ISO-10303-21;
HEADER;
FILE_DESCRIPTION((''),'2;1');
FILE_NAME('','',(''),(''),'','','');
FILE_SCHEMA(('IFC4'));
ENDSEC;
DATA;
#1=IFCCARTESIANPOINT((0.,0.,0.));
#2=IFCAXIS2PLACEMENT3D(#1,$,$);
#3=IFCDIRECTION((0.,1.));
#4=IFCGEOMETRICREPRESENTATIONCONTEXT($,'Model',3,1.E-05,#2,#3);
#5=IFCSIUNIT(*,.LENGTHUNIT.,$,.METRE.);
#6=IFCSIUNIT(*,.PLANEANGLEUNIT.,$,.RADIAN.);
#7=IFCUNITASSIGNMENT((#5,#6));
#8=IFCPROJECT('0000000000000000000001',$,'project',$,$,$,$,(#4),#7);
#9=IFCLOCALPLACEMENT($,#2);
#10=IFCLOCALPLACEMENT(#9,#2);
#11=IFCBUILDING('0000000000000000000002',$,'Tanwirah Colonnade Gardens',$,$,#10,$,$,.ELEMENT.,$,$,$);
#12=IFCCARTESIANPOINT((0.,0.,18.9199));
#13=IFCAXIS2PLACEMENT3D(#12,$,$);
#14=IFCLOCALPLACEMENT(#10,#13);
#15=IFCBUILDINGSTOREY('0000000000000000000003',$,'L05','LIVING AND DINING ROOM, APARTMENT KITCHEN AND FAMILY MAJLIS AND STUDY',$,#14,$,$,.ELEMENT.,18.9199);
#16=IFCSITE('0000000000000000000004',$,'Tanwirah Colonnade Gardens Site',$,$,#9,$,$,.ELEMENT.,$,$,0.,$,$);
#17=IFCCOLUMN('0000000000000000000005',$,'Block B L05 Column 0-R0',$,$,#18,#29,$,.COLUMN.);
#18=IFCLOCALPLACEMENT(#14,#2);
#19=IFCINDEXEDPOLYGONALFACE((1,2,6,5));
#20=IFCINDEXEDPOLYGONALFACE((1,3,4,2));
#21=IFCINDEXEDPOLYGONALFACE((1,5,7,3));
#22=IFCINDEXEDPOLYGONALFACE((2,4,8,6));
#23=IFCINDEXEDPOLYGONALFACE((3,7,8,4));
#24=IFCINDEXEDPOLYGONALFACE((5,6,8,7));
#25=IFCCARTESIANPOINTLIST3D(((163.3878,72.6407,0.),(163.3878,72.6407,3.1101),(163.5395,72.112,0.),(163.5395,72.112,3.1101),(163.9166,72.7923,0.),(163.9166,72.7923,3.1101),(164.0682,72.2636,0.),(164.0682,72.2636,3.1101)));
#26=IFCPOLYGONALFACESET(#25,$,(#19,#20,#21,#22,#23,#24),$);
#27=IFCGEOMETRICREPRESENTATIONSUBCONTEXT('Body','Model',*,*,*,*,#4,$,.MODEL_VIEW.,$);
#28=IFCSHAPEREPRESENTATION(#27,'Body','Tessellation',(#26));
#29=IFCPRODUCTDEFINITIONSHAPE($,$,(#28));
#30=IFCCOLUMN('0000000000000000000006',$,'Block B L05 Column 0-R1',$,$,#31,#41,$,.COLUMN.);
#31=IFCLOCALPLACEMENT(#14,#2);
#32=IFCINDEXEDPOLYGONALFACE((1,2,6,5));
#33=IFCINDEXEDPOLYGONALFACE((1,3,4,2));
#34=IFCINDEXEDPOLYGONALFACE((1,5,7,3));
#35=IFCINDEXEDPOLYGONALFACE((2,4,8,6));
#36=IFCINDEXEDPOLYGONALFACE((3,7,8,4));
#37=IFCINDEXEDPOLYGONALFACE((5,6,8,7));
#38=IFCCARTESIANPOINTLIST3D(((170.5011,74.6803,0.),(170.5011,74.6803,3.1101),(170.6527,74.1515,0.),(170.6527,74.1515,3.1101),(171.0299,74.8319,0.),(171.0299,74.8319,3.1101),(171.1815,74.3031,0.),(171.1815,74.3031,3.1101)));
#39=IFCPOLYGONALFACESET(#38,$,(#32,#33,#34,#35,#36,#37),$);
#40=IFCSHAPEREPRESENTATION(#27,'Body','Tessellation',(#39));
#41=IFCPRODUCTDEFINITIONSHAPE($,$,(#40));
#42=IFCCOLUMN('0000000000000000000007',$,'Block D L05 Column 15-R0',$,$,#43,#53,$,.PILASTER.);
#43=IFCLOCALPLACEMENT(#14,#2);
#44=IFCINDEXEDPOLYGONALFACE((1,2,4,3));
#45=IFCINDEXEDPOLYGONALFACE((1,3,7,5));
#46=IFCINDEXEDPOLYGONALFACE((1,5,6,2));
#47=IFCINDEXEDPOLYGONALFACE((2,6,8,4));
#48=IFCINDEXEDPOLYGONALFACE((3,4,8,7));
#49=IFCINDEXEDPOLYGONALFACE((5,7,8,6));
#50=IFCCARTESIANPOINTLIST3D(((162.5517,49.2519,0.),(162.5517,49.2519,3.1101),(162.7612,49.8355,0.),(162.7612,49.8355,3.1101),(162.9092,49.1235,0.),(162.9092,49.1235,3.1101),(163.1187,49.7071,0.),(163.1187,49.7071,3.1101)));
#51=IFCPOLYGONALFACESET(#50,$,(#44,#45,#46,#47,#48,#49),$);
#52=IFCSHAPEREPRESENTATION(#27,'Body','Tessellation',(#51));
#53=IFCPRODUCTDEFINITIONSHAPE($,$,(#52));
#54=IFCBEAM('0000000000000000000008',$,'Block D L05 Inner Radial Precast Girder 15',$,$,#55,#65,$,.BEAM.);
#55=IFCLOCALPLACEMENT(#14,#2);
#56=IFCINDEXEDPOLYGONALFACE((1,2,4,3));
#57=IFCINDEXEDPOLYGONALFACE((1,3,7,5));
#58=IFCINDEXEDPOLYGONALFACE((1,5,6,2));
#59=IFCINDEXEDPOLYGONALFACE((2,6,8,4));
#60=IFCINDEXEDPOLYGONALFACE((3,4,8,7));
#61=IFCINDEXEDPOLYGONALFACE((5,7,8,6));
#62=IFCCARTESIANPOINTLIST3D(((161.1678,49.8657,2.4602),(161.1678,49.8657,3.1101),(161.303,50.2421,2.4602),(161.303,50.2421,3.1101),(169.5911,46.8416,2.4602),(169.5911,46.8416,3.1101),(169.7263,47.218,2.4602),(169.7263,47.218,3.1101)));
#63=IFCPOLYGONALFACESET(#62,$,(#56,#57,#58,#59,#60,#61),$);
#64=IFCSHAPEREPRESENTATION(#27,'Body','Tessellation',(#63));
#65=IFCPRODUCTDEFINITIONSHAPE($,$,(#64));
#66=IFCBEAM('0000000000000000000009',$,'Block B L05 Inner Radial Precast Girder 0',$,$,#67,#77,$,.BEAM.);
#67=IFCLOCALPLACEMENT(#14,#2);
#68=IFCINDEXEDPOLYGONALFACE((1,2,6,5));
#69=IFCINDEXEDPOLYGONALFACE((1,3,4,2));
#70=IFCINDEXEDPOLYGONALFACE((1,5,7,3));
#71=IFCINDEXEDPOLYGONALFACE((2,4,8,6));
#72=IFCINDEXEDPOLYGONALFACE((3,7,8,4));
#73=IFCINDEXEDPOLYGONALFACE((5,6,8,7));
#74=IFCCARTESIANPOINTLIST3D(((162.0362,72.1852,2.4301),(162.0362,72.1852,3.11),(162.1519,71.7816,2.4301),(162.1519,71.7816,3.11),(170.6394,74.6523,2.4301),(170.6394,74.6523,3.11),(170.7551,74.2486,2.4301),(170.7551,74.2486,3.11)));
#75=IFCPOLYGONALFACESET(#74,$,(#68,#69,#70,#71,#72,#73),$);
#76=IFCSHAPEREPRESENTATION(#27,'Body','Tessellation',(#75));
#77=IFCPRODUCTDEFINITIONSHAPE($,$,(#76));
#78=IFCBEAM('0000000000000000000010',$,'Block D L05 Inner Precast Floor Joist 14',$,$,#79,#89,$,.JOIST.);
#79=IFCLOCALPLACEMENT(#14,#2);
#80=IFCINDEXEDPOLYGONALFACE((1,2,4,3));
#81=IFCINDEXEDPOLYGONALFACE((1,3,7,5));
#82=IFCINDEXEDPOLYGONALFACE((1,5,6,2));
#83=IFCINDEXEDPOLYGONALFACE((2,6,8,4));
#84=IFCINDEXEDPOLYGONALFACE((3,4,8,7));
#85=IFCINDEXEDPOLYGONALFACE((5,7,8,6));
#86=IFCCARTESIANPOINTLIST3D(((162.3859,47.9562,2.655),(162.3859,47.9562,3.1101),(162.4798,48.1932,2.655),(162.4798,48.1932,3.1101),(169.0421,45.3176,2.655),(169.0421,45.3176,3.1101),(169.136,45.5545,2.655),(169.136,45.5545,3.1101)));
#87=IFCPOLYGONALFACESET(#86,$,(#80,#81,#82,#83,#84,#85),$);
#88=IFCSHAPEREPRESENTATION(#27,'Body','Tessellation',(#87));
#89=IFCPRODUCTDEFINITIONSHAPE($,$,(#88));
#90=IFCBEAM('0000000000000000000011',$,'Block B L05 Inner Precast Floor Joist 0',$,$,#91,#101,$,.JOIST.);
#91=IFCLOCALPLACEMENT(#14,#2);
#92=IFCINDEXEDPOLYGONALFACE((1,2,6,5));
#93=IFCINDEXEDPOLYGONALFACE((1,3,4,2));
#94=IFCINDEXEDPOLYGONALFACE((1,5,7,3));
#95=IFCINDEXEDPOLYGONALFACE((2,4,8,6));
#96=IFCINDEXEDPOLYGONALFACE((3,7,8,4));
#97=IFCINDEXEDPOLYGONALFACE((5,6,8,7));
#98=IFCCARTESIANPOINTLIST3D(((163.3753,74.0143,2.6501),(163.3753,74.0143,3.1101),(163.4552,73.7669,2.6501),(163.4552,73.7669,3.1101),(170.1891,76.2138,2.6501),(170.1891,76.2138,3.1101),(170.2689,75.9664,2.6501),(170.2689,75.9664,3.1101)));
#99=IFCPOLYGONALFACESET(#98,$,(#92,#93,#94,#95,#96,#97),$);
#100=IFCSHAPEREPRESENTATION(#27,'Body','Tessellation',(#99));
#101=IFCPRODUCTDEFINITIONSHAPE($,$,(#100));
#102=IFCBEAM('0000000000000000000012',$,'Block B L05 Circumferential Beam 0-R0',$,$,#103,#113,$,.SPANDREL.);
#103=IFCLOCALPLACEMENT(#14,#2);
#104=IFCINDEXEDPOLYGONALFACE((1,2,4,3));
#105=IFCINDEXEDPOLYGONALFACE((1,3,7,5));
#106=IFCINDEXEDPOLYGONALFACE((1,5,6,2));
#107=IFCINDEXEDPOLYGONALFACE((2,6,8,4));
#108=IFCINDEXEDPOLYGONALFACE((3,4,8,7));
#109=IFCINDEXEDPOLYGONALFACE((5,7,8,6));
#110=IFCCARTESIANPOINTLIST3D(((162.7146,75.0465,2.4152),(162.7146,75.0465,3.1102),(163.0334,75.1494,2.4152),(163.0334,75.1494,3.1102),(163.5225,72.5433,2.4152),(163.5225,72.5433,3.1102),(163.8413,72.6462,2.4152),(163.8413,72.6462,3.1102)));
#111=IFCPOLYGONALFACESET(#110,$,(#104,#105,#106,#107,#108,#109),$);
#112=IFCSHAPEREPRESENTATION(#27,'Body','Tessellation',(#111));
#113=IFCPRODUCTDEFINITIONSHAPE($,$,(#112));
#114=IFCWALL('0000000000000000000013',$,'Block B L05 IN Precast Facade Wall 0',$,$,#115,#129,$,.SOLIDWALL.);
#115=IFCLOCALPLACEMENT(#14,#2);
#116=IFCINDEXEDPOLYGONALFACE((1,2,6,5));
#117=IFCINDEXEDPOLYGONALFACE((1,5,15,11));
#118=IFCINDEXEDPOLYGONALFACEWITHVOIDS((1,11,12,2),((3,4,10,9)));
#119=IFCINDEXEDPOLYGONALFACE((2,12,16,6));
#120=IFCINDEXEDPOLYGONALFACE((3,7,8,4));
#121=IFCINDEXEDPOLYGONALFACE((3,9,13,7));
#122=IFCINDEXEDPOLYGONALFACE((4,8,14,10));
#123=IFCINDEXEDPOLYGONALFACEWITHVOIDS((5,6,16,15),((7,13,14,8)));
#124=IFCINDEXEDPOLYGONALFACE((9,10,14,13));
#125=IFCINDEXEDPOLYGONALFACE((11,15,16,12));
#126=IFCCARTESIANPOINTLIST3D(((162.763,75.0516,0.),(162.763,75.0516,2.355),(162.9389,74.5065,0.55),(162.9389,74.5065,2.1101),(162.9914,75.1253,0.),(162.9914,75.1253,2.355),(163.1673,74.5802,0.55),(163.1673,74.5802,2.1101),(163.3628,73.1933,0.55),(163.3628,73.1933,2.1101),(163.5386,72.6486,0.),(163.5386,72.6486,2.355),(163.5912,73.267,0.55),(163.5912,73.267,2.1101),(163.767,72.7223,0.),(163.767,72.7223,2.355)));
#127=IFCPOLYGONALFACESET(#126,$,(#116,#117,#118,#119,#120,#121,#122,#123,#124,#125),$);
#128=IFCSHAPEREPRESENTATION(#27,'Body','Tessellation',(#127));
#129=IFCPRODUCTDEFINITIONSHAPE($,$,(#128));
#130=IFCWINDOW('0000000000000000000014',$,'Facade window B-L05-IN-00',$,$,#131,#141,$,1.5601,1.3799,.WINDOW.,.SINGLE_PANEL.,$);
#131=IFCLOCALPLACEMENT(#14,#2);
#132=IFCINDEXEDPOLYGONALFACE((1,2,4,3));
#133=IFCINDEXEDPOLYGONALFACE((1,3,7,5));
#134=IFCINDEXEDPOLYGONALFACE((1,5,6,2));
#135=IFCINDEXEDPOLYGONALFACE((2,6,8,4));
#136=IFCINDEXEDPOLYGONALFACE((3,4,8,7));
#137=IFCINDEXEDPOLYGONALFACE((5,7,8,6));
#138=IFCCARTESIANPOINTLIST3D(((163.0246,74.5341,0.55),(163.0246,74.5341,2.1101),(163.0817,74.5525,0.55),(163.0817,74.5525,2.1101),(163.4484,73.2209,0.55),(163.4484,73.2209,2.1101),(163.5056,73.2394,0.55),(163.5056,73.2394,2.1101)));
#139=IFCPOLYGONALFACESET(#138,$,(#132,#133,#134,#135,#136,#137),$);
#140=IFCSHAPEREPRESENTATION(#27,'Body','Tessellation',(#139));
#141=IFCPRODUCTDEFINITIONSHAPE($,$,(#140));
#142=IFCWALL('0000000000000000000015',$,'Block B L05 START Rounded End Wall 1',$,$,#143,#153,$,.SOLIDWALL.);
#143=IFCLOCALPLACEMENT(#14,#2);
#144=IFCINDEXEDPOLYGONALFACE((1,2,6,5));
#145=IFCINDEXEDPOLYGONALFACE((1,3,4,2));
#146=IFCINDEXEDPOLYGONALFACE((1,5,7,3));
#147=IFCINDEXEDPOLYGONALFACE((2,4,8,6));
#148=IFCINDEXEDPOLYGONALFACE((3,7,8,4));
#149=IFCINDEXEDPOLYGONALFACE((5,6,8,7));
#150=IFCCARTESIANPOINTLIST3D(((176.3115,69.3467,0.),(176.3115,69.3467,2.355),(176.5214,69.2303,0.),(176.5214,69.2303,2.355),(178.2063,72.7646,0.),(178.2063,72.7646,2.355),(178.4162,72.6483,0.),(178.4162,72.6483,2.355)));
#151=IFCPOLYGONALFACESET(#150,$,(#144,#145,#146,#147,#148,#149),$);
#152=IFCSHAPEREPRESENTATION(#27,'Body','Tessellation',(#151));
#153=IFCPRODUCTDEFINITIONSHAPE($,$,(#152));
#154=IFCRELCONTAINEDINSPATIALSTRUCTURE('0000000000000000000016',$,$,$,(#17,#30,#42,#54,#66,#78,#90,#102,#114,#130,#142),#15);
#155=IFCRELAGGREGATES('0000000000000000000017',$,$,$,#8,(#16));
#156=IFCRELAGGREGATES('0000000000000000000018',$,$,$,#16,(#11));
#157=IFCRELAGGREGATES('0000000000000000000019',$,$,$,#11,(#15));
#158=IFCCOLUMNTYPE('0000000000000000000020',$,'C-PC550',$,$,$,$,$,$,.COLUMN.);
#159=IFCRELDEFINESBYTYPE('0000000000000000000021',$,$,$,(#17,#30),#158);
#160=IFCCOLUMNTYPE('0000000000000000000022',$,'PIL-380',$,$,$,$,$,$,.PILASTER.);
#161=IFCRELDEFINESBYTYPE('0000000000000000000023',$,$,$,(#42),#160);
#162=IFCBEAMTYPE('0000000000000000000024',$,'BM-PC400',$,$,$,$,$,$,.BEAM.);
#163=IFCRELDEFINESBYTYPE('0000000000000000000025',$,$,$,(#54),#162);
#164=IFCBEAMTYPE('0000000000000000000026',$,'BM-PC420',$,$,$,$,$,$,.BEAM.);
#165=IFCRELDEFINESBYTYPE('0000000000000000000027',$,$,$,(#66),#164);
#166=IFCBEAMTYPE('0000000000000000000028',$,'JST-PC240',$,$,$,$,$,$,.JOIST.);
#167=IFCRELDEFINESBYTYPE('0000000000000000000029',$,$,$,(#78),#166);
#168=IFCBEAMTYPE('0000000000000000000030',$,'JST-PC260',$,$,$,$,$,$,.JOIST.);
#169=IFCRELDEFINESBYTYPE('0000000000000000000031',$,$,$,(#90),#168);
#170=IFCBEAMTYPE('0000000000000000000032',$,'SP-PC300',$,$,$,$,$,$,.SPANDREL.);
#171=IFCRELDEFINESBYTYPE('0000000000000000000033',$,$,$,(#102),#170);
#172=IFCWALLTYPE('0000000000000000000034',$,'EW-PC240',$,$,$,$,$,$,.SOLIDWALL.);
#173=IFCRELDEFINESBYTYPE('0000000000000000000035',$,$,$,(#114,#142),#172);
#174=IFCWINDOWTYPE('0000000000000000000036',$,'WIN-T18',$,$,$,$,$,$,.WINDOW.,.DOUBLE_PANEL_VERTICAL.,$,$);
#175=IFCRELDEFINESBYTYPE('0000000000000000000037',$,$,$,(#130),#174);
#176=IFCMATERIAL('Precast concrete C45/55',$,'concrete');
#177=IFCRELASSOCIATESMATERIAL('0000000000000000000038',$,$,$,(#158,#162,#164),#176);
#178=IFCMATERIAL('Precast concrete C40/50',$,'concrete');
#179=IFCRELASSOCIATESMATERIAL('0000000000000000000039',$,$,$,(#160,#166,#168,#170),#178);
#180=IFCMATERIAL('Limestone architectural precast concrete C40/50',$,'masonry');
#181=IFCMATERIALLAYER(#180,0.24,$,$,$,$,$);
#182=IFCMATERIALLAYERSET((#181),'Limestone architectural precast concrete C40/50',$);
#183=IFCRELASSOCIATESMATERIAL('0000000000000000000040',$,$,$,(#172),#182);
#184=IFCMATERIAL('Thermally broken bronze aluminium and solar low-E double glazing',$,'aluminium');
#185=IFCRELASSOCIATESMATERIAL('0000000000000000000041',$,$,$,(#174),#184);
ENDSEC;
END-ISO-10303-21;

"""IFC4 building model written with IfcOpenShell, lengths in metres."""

from ifc_helpers import new_model, si_unit, direction, frame, frame_2d, origin, origin_2d, place, context, subcontext, project, spatial, rectangle, extrude, material, layer, layer_set, material_profile, profile_set, type_object, element, fill, save


model = new_model("IFC4")

# Units and contexts
model_context = context("Model", 3, precision=1e-05, world=origin(), true_north=direction((0.0, 1.0)))
body_context = subcontext(model_context, "Body", "Model", "MODEL_VIEW")
ifc_project = project(units=[si_unit("LENGTHUNIT", "METRE"), si_unit("PLANEANGLEUNIT", "RADIAN")], contexts=[model_context])

# Site, building, storey
site_placement = place(None, origin())
site = spatial("IfcSite", under=ifc_project, at=site_placement, Name="Tanwirah Colonnade Gardens Site", CompositionType="ELEMENT", RefElevation=0.0)
building_placement = place(site_placement, origin())
building = spatial("IfcBuilding", under=site, at=building_placement, Name="Tanwirah Colonnade Gardens", CompositionType="ELEMENT")
storey_placement = place(building_placement, frame((0.0, 0.0, 18.9199)))
storey = spatial("IfcBuildingStorey", under=building, at=storey_placement, Name="L05", Description="LIVING AND DINING ROOM, APARTMENT KITCHEN AND FAMILY MAJLIS AND STUDY", CompositionType="ELEMENT", Elevation=18.9199)

# Columns
ifc_material_1 = material(Name="Precast concrete C45/55", Category="concrete")
ifc_material_profile_1 = material_profile(ifc_material_1, rectangle(XDim=0.55, YDim=0.55, at=origin_2d()), Name="PC-COL 550x550")
ifc_profile_set_1 = profile_set([ifc_material_profile_1], Name="Precast concrete C45/55")
column_type_1 = type_object("IfcColumnType", Name="C-PC550", PredefinedType="COLUMN", material=ifc_profile_set_1)
for number, where, z_axis, x_axis, name in (
    (1, (163.728, 72.4521, 0.0), (0.0, 0.0, 1.0), (0.961262, 0.275637, 0.0), "Block B L05 Column 0-R0"),
    (2, (170.8413, 74.4917, 0.0), (0.0, 0.0, 1.0), (0.961262, 0.275637, 0.0), "Block B L05 Column 0-R1"),
):
    element("IfcColumn", number, at=place(storey_placement, frame(where, z_axis=z_axis, x_axis=x_axis)), inside=storey, type_object=column_type_1, Name=name, PredefinedType="COLUMN", context=body_context, shape_type="SweptSolid", body=[
        extrude(rectangle(XDim=0.55, YDim=0.55, at=origin_2d()), origin(), (0.0, 0.0, 1.0), 3.1101),
    ])
ifc_material_2 = material(Name="Precast concrete C40/50", Category="concrete")
ifc_material_profile_2 = material_profile(ifc_material_2, rectangle(XDim=0.3799, YDim=0.6201, at=origin_2d()), Name="PC-PIL 380x620")
ifc_profile_set_2 = profile_set([ifc_material_profile_2], Name="Precast concrete C40/50")
column_type_2 = type_object("IfcColumnType", Name="PIL-380", PredefinedType="PILASTER", material=ifc_profile_set_2)
column_placement = place(storey_placement, frame((162.8352, 49.4795, 0.0), z_axis=(0.0, 0.0, 1.0), x_axis=(0.941176, -0.337917, 0.0)))
element("IfcColumn", 3, at=column_placement, inside=storey, type_object=column_type_2, Name="Block D L05 Column 15-R0", PredefinedType="PILASTER", context=body_context, shape_type="SweptSolid", body=[
    extrude(rectangle(XDim=0.3799, YDim=0.6201, at=origin_2d()), origin(), (0.0, 0.0, 1.0), 3.1101),
])

# Beams
ifc_material_profile_3 = material_profile(ifc_material_1, rectangle(XDim=0.3999, YDim=0.6499, at=origin_2d()), Name="PC-BM 400x650")
ifc_profile_set_3 = profile_set([ifc_material_profile_3], Name="Precast concrete C45/55")
beam_type_1 = type_object("IfcBeamType", Name="BM-PC400", PredefinedType="BEAM", material=ifc_profile_set_3)
beam_1_placement = place(storey_placement, frame((169.6587, 47.0298, 2.7852), z_axis=(-0.94118, 0.337905, 0.0), x_axis=(-0.337905, -0.94118, 0.0)))
element("IfcBeam", 4, at=beam_1_placement, inside=storey, type_object=beam_type_1, Name="Block D L05 Inner Radial Precast Girder 15", PredefinedType="BEAM", context=body_context, shape_type="SweptSolid", body=[
    extrude(rectangle(XDim=0.3999, YDim=0.6499, at=origin_2d()), origin(), (0.0, 0.0, 1.0), 8.9497),
])
ifc_material_profile_4 = material_profile(ifc_material_1, rectangle(XDim=0.4199, YDim=0.6799, at=origin_2d()), Name="PC-BM 420x680")
ifc_profile_set_4 = profile_set([ifc_material_profile_4], Name="Precast concrete C45/55")
beam_type_2 = type_object("IfcBeamType", Name="BM-PC420", PredefinedType="BEAM", material=ifc_profile_set_4)
beam_2_placement = place(storey_placement, frame((170.6973, 74.4504, 2.77), z_axis=(-0.961259, -0.275647, 0.0), x_axis=(0.275647, -0.961259, 0.0)))
element("IfcBeam", 5, at=beam_2_placement, inside=storey, type_object=beam_type_2, Name="Block B L05 Inner Radial Precast Girder 0", PredefinedType="BEAM", context=body_context, shape_type="SweptSolid", body=[
    extrude(rectangle(XDim=0.4199, YDim=0.6799, at=origin_2d()), origin(), (0.0, 0.0, 1.0), 8.95),
])
ifc_material_profile_5 = material_profile(ifc_material_2, rectangle(XDim=0.2549, YDim=0.4551, at=origin_2d()), Name="PC-JST 255x455")
ifc_profile_set_5 = profile_set([ifc_material_profile_5], Name="Precast concrete C40/50")
beam_type_3 = type_object("IfcBeamType", Name="JST-PC240", PredefinedType="JOIST", material=ifc_profile_set_5)
beam_3_placement = place(storey_placement, frame((162.4329, 48.0747, 2.8826), z_axis=(0.92962, -0.36852, 0.0), x_axis=(0.36852, 0.92962, 0.0)))
element("IfcBeam", 6, at=beam_3_placement, inside=storey, type_object=beam_type_3, Name="Block D L05 Inner Precast Floor Joist 14", PredefinedType="JOIST", context=body_context, shape_type="SweptSolid", body=[
    extrude(rectangle(XDim=0.2549, YDim=0.4551, at=origin_2d()), origin(), (0.0, 0.0, 1.0), 7.1602),
])
ifc_material_profile_6 = material_profile(ifc_material_2, rectangle(XDim=0.26, YDim=0.46, at=origin_2d()), Name="PC-JST 260x460")
ifc_profile_set_6 = profile_set([ifc_material_profile_6], Name="Precast concrete C40/50")
beam_type_4 = type_object("IfcBeamType", Name="JST-PC260", PredefinedType="JOIST", material=ifc_profile_set_6)
beam_4_placement = place(storey_placement, frame((163.4153, 73.8906, 2.8801), z_axis=(0.951648, 0.307191, 0.0), x_axis=(-0.307191, 0.951648, 0.0)))
element("IfcBeam", 7, at=beam_4_placement, inside=storey, type_object=beam_type_4, Name="Block B L05 Inner Precast Floor Joist 0", PredefinedType="JOIST", context=body_context, shape_type="SweptSolid", body=[
    extrude(rectangle(XDim=0.26, YDim=0.46, at=origin_2d()), origin(), (0.0, 0.0, 1.0), 7.1599),
])
ifc_material_profile_7 = material_profile(ifc_material_2, rectangle(XDim=0.335, YDim=0.6951, at=origin_2d()), Name="PC-SP 335x695")
ifc_profile_set_7 = profile_set([ifc_material_profile_7], Name="Precast concrete C40/50")
beam_type_5 = type_object("IfcBeamType", Name="SP-PC300", PredefinedType="SPANDREL", material=ifc_profile_set_7)
beam_5_placement = place(storey_placement, frame((163.6819, 72.5947, 2.7627), z_axis=(-0.307136, 0.951666, 0.0), x_axis=(-0.951666, -0.307136, 0.0)))
element("IfcBeam", 8, at=beam_5_placement, inside=storey, type_object=beam_type_5, Name="Block B L05 Circumferential Beam 0-R0", PredefinedType="SPANDREL", context=body_context, shape_type="SweptSolid", body=[
    extrude(rectangle(XDim=0.335, YDim=0.6951, at=origin_2d()), origin(), (0.0, 0.0, 1.0), 2.6304),
])

# Wall, opening, window
ifc_material_3 = material(Name="Limestone architectural precast concrete C40/50", Category="masonry")
ifc_layer = layer(ifc_material_3, 0.24)
ifc_layer_set = layer_set([ifc_layer], Name="Limestone architectural precast concrete C40/50")
wall_type = type_object("IfcWallType", Name="EW-PC240", PredefinedType="SOLIDWALL", material=ifc_layer_set)
wall_1_placement = place(storey_placement, frame((163.6528, 72.6853, 0.0), z_axis=(0.0, 0.0, 1.0), x_axis=(-0.307164, 0.951657, 0.0)))
wall_1 = element("IfcWall", 9, at=wall_1_placement, inside=storey, type_object=wall_type, Name="Block B L05 IN Precast Facade Wall 0", PredefinedType="SOLIDWALL", context=body_context, shape_type="SweptSolid", body=[
    extrude(rectangle(XDim=2.5251, YDim=0.24, at=frame_2d((1.2627, 0.0))), origin(), (0.0, 0.0, 1.0), 2.355),
])
opening_1_placement = place(wall_1_placement, frame((0.5725, 0.0, 0.55)))
opening_1 = element("IfcOpeningElement", 10, at=opening_1_placement, cuts=wall_1, PredefinedType="OPENING", context=body_context, shape_type="SweptSolid", body=[
    extrude(rectangle(XDim=1.3799, YDim=1.5601, at=frame_2d((0.6899, 0.78))), frame((0.0, 0.1299, 0.0), z_axis=(0.0, -1.0, 0.0), x_axis=(1.0, 0.0, 0.0)), (0.0, 0.0, 1.0), 0.26),
])
ifc_material_4 = material(Name="Thermally broken bronze aluminium and solar low-E double glazing", Category="aluminium")
window_type_1 = type_object("IfcWindowType", Name="WIN-T18", PartitioningType="DOUBLE_PANEL_VERTICAL", PredefinedType="WINDOW", material=ifc_material_4)
window_1_placement = place(opening_1_placement, origin())
window_1 = element("IfcWindow", 11, at=window_1_placement, inside=storey, type_object=window_type_1, Name="Facade window B-L05-IN-00", OverallHeight=1.5601, OverallWidth=1.3799, PartitioningType="SINGLE_PANEL", PredefinedType="WINDOW", context=body_context, shape_type="SweptSolid", body=[
    extrude(rectangle(XDim=1.3799, YDim=1.5601, at=frame_2d((0.6899, 0.78))), frame((0.0, 0.03, 0.0), z_axis=(0.0, -1.0, 0.0), x_axis=(1.0, 0.0, 0.0)), (0.0, 0.0, 1.0), 0.0601),
])
fill(opening_1, window_1)

# Wall
wall_2_placement = place(storey_placement, frame((178.3113, 72.7065, 0.0), z_axis=(0.0, 0.0, 1.0), x_axis=(-0.484842, -0.874602, 0.0)))
element("IfcWall", 12, at=wall_2_placement, inside=storey, type_object=wall_type, Name="Block B L05 START Rounded End Wall 1", PredefinedType="SOLIDWALL", context=body_context, shape_type="SweptSolid", body=[
    extrude(rectangle(XDim=3.908, YDim=0.24, at=frame_2d((1.9541, 0.0))), origin(), (0.0, 0.0, 1.0), 2.355),
])

save(model, "model.ifc")
